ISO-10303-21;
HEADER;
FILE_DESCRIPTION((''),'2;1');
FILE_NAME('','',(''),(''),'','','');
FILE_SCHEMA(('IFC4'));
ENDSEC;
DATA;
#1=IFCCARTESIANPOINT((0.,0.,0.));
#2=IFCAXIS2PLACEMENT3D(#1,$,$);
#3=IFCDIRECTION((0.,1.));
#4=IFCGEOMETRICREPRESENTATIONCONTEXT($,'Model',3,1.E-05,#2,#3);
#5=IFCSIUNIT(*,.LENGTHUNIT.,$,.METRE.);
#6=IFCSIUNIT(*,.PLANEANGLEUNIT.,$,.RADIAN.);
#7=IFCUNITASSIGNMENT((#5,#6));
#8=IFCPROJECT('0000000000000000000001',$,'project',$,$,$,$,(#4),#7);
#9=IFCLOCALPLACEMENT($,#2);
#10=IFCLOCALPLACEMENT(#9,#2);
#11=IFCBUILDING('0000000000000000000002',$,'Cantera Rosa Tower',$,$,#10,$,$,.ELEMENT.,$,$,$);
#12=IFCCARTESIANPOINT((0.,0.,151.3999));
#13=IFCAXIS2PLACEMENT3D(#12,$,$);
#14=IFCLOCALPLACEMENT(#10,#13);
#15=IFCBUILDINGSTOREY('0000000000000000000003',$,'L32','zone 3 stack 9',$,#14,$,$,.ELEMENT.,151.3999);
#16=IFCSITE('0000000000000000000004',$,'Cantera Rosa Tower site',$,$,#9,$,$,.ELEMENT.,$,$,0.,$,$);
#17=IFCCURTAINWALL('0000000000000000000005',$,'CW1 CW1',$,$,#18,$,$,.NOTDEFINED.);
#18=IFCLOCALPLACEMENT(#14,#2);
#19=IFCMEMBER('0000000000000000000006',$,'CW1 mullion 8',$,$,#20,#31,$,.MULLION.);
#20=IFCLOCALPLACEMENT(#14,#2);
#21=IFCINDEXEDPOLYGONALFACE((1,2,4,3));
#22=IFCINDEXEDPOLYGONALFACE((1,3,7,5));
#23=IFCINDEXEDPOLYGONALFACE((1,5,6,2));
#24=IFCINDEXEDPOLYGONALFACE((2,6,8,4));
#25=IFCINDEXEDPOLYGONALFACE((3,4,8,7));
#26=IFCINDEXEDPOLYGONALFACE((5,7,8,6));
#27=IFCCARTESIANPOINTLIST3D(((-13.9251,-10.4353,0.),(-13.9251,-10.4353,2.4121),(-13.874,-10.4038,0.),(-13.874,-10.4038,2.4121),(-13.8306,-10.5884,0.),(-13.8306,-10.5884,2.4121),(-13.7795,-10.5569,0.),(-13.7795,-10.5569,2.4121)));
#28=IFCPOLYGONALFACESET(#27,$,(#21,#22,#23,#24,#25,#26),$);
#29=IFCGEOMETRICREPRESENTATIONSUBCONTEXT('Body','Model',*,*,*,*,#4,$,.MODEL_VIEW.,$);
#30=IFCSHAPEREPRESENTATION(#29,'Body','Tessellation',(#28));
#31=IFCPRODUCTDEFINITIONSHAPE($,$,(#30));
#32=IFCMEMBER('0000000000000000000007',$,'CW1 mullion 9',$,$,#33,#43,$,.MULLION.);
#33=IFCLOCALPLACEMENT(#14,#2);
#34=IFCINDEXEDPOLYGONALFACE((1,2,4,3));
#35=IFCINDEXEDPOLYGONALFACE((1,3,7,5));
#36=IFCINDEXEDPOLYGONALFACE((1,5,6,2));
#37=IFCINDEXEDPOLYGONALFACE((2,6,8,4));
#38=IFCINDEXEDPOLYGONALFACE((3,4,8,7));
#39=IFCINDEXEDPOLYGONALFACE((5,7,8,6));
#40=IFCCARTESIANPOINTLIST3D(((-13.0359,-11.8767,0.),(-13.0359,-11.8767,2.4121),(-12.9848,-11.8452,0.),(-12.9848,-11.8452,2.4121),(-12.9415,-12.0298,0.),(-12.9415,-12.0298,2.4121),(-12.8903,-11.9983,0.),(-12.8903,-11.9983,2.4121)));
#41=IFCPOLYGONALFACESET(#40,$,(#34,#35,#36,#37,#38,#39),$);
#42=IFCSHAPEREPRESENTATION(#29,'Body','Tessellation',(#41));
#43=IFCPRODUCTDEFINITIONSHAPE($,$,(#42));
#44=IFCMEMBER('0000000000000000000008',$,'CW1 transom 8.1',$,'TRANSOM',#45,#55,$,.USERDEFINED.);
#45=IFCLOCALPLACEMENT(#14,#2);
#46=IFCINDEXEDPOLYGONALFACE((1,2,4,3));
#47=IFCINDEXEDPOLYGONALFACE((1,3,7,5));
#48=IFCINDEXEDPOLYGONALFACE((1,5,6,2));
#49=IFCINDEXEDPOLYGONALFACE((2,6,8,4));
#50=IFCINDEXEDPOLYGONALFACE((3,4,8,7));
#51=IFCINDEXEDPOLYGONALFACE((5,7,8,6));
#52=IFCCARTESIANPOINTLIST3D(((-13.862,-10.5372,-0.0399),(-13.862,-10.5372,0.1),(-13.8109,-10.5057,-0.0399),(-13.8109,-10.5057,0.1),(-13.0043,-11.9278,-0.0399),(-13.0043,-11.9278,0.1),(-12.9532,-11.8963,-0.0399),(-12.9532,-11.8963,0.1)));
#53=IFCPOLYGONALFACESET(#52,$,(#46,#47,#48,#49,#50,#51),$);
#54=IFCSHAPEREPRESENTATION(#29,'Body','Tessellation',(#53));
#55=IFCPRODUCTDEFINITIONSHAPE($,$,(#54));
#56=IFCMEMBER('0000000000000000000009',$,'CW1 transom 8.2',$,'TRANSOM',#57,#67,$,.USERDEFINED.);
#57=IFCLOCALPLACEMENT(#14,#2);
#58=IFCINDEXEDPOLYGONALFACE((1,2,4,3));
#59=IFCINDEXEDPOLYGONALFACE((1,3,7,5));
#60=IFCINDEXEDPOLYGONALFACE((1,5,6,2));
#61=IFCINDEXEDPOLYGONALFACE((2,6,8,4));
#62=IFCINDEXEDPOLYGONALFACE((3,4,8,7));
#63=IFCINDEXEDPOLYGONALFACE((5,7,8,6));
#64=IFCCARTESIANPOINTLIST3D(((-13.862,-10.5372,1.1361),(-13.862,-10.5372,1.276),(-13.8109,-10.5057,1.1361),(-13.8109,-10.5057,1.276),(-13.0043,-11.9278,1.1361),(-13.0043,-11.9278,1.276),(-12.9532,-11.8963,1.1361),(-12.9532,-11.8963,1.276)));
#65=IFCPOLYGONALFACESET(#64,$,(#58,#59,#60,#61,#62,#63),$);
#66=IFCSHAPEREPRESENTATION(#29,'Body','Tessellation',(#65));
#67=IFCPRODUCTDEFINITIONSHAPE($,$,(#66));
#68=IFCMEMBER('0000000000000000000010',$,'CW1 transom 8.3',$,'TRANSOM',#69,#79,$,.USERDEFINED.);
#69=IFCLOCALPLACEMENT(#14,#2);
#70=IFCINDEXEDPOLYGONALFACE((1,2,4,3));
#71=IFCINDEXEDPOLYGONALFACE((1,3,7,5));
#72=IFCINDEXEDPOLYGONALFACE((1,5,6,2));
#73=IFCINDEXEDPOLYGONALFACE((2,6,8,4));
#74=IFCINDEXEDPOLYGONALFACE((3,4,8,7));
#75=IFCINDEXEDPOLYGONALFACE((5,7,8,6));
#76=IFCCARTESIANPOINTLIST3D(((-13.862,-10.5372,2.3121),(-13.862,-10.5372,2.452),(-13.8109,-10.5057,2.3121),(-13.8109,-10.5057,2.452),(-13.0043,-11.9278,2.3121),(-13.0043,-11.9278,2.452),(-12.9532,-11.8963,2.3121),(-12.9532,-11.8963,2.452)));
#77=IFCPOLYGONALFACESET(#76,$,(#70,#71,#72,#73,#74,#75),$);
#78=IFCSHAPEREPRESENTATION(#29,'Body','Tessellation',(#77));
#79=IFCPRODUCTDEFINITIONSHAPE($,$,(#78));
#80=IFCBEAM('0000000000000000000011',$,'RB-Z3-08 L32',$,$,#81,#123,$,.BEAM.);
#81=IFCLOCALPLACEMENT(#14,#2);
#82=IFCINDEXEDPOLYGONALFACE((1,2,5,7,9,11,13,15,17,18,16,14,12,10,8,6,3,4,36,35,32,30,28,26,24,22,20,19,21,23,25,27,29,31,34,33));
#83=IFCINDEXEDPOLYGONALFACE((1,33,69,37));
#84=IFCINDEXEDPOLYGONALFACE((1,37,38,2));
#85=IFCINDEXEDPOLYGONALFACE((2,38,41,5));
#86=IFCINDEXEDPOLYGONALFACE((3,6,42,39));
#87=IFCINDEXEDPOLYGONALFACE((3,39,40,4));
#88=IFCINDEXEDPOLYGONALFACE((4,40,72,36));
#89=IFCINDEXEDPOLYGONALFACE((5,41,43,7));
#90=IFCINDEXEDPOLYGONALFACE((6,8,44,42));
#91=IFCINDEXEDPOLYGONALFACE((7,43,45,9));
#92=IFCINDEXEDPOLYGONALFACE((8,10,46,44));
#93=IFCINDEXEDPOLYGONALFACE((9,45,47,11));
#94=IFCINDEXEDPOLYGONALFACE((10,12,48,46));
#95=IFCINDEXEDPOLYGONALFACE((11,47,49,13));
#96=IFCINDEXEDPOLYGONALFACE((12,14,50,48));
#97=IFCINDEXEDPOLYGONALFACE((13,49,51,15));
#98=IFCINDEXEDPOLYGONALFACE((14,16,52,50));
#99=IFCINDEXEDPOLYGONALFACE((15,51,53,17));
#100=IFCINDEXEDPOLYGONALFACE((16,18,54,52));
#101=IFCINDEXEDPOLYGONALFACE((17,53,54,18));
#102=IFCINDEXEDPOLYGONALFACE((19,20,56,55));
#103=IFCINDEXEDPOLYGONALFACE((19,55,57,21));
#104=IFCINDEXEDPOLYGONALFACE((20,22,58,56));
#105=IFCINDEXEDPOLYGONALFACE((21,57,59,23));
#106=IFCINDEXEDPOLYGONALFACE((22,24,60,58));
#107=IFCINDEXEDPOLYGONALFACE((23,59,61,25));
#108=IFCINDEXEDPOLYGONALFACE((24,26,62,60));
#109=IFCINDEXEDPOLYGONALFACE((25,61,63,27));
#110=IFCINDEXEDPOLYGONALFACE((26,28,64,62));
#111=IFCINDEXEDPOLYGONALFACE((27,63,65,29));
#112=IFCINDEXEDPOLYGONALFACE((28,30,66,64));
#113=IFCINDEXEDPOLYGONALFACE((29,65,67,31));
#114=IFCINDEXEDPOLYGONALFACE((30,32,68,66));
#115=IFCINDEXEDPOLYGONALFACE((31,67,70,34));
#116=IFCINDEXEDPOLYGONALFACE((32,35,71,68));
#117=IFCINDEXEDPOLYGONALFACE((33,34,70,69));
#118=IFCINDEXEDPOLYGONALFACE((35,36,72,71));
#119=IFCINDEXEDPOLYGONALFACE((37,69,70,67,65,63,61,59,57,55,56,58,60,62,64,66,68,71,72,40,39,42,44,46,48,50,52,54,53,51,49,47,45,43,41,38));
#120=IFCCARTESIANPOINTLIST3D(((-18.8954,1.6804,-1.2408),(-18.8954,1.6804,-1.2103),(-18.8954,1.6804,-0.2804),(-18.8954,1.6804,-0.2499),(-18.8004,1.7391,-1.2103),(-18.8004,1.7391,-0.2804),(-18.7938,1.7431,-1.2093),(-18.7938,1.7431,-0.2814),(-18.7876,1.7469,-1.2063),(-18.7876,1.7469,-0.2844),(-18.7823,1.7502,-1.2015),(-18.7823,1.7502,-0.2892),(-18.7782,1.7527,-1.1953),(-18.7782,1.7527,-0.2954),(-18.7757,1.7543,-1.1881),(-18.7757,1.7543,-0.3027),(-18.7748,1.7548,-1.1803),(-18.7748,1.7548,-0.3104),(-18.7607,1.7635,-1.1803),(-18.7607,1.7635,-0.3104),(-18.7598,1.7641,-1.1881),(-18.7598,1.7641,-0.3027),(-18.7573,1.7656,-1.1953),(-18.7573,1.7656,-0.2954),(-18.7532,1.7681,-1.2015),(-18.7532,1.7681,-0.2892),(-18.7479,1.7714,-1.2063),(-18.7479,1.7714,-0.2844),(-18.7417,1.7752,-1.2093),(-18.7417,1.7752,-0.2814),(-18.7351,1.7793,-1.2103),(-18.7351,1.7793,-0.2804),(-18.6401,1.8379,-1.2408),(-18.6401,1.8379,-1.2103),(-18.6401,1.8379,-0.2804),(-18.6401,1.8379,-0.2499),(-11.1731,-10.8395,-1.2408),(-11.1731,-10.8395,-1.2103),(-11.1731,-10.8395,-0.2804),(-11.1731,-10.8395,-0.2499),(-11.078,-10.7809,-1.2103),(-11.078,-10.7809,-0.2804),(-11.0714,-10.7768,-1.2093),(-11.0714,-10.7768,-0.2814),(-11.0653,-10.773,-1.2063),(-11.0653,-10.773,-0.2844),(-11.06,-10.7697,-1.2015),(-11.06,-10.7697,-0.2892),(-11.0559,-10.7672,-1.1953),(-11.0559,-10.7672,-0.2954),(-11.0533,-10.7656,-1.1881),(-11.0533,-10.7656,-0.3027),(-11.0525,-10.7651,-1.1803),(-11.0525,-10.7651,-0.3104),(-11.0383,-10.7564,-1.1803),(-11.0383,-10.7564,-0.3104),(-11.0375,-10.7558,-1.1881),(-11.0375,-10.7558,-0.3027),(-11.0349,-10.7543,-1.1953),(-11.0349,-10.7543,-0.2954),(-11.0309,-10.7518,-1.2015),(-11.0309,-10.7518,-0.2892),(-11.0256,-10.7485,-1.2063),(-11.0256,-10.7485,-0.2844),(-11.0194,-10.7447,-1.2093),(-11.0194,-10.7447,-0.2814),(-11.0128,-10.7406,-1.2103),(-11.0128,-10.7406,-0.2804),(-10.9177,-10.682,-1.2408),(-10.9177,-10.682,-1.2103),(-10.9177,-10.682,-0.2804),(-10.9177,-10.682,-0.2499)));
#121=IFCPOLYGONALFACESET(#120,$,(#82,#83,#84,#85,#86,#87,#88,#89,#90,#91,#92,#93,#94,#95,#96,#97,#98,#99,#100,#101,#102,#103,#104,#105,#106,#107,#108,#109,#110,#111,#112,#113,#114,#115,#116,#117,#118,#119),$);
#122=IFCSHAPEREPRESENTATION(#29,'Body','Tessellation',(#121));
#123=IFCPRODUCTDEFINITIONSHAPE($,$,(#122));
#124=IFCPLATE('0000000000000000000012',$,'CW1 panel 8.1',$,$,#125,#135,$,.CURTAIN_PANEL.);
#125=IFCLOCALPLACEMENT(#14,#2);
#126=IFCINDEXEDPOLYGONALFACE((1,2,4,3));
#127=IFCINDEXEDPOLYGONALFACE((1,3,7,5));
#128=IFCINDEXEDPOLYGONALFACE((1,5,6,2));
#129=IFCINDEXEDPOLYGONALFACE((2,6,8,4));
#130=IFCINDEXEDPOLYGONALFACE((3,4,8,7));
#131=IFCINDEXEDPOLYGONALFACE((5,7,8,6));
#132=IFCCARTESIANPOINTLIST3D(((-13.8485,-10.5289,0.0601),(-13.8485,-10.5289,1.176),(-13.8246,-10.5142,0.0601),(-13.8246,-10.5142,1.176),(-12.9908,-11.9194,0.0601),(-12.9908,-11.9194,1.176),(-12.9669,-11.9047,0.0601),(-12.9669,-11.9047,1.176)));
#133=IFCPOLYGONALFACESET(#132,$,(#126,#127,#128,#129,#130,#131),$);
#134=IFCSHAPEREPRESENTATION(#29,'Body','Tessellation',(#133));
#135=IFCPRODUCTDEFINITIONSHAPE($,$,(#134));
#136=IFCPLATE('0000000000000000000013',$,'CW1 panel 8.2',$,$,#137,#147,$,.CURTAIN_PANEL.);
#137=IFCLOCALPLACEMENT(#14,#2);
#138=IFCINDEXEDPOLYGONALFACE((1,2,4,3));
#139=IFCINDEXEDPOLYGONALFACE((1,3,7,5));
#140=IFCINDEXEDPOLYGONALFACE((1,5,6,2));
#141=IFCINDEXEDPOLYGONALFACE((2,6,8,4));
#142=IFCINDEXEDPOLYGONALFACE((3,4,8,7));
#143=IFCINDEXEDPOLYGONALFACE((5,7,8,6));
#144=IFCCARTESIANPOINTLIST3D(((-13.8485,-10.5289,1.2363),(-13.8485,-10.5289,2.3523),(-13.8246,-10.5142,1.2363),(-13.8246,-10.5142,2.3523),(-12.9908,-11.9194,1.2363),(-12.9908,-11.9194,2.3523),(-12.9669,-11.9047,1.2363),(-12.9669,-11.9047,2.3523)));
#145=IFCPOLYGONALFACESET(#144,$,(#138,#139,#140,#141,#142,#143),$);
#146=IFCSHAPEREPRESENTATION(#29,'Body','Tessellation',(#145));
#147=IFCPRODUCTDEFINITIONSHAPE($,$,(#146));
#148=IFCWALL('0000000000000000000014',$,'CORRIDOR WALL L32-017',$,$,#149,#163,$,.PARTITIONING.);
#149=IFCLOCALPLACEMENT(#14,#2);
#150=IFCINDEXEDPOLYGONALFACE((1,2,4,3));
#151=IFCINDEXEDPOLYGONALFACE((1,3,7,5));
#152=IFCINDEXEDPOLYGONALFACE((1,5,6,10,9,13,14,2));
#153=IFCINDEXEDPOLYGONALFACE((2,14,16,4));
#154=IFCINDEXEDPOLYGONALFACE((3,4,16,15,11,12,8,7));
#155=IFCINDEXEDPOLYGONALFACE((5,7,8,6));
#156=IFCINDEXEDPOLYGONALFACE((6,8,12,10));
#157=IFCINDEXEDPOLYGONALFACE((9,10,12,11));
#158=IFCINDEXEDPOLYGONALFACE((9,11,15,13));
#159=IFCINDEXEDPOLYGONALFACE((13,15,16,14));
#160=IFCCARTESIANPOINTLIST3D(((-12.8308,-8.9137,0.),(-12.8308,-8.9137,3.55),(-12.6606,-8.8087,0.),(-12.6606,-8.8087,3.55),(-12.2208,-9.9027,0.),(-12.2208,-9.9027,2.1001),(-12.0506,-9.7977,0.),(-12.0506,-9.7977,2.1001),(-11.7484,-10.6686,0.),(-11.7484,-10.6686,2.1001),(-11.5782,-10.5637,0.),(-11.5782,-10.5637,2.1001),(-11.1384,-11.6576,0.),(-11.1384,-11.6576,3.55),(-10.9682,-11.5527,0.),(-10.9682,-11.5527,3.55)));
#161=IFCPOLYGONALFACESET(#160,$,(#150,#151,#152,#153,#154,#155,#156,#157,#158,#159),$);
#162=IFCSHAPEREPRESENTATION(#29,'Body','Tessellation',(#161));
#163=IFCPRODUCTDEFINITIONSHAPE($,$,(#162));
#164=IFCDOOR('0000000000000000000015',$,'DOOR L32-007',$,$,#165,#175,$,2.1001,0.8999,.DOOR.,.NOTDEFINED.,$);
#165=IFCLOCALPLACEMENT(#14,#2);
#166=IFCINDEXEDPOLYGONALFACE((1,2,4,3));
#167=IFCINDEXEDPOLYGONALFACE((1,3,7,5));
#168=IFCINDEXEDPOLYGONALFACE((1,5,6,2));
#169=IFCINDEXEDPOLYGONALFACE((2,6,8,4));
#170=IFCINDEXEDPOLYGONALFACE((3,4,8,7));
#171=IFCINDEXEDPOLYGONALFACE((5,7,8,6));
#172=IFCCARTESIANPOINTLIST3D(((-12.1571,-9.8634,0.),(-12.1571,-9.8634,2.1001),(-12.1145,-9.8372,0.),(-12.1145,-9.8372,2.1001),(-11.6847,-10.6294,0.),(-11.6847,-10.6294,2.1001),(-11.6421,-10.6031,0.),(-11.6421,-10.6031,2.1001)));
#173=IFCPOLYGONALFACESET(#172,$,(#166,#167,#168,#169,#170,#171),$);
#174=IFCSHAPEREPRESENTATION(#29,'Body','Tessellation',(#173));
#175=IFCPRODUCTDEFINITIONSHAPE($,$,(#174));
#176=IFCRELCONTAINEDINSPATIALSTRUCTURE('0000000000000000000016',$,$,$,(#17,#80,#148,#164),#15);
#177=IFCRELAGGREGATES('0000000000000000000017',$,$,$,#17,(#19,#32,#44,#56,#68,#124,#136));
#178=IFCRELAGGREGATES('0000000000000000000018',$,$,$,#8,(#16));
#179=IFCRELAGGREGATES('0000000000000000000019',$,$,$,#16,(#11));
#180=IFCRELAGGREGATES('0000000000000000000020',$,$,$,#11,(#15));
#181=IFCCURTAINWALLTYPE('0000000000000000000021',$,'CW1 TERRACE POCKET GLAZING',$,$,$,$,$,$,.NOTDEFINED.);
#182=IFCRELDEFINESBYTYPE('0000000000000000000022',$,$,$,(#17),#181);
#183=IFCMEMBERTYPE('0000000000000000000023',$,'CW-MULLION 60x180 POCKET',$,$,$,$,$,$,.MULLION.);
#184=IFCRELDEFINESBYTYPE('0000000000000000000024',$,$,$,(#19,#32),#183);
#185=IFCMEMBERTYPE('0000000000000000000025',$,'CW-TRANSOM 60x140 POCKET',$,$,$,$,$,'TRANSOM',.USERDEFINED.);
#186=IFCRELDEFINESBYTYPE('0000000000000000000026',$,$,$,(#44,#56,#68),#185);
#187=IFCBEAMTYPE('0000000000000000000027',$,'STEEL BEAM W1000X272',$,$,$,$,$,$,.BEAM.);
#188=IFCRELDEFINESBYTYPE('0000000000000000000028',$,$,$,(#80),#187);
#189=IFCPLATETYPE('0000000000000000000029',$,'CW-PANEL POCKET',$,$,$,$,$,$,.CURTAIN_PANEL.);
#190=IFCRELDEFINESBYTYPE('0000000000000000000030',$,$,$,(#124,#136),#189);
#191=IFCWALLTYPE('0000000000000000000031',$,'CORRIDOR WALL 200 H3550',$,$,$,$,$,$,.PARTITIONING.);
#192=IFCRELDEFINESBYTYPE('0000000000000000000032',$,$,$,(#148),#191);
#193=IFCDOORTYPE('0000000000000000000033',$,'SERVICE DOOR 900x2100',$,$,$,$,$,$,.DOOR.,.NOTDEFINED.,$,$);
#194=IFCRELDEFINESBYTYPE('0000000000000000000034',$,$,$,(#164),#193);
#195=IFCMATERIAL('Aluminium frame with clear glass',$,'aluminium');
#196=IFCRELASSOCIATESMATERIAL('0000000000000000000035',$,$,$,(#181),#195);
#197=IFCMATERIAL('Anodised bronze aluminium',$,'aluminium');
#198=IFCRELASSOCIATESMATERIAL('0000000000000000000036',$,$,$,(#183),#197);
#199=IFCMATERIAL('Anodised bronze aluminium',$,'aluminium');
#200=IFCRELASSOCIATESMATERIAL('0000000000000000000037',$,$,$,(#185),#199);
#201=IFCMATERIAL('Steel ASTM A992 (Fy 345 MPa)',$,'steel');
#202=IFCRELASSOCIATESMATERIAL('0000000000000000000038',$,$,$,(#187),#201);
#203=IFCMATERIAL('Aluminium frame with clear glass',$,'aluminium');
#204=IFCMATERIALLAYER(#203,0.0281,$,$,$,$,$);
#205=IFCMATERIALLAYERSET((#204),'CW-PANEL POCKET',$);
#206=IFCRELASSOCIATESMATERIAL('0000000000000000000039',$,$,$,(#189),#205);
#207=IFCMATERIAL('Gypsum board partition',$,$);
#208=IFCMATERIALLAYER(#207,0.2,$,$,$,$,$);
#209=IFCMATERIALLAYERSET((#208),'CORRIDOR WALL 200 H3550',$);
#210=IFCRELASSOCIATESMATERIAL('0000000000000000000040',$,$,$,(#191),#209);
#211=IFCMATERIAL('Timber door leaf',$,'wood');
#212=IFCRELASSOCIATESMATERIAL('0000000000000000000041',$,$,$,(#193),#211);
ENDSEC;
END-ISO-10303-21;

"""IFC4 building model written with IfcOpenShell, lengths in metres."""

from ifc_helpers import new_model, si_unit, direction, frame, frame_2d, origin, origin_2d, place, context, subcontext, project, spatial, rectangle, i_section, extrude, material, layer, layer_set, material_profile, profile_set, type_object, element, fill, aggregate, save


model = new_model("IFC4")

# Units and contexts
model_context = context("Model", 3, precision=1e-05, world=origin(), true_north=direction((0.0, 1.0)))
body_context = subcontext(model_context, "Body", "Model", "MODEL_VIEW")
ifc_project = project(units=[si_unit("LENGTHUNIT", "METRE"), si_unit("PLANEANGLEUNIT", "RADIAN")], contexts=[model_context])

# Site, building, storey
site_placement = place(None, origin())
site = spatial("IfcSite", under=ifc_project, at=site_placement, Name="Cantera Rosa Tower site", CompositionType="ELEMENT", RefElevation=0.0)
building_placement = place(site_placement, origin())
building = spatial("IfcBuilding", under=site, at=building_placement, Name="Cantera Rosa Tower", CompositionType="ELEMENT")
storey_placement = place(building_placement, frame((0.0, 0.0, 151.3999)))
storey = spatial("IfcBuildingStorey", under=building, at=storey_placement, Name="L32", Description="zone 3 stack 9", CompositionType="ELEMENT", Elevation=151.3999)

# Curtain wall, members
ifc_material_1 = material(Name="Aluminium frame with clear glass", Category="aluminium")
curtain_wall_type = type_object("IfcCurtainWallType", Name="CW1 TERRACE POCKET GLAZING", PredefinedType="NOTDEFINED", material=ifc_material_1)
curtain_wall_placement = place(storey_placement, origin())
curtain_wall = element("IfcCurtainWall", 1, at=curtain_wall_placement, inside=storey, type_object=curtain_wall_type, Name="CW1 CW1", PredefinedType="NOTDEFINED")
ifc_material_2 = material(Name="Anodised bronze aluminium", Category="aluminium")
ifc_material_profile_1 = material_profile(ifc_material_2, rectangle(XDim=0.0601, YDim=0.1799, at=origin_2d()), Name="CW-MULLION 60x180 POCKET")
ifc_profile_set_1 = profile_set([ifc_material_profile_1], Name="Anodised bronze aluminium")
member_type_1 = type_object("IfcMemberType", Name="CW-MULLION 60x180 POCKET", PredefinedType="MULLION", material=ifc_profile_set_1)
member_1_placement = place(storey_placement, frame((-13.8523, -10.4961, 0.0), z_axis=(0.0, 0.0, 1.0), x_axis=(0.851117, 0.524977, 0.0)))
member_1 = element("IfcMember", 2, at=member_1_placement, type_object=member_type_1, Name="CW1 mullion 8", PredefinedType="MULLION", context=body_context, shape_type="SweptSolid", body=[
    extrude(rectangle(XDim=0.0601, YDim=0.1799, at=origin_2d()), origin(), (0.0, 0.0, 1.0), 2.4121),
])
member_2_placement = place(storey_placement, frame((-12.9631, -11.9375, 0.0), z_axis=(0.0, 0.0, 1.0), x_axis=(0.851117, 0.524977, 0.0)))
member_2 = element("IfcMember", 3, at=member_2_placement, type_object=member_type_1, Name="CW1 mullion 9", PredefinedType="MULLION", context=body_context, shape_type="SweptSolid", body=[
    extrude(rectangle(XDim=0.0601, YDim=0.1799, at=origin_2d()), origin(), (0.0, 0.0, 1.0), 2.4121),
])
ifc_material_3 = material(Name="Anodised bronze aluminium", Category="aluminium")
ifc_material_profile_2 = material_profile(ifc_material_3, rectangle(XDim=0.0601, YDim=0.1399, at=origin_2d()), Name="CW-TRANSOM 60x140 POCKET")
ifc_profile_set_2 = profile_set([ifc_material_profile_2], Name="Anodised bronze aluminium")
member_type_2 = type_object("IfcMemberType", Name="CW-TRANSOM 60x140 POCKET", ElementType="TRANSOM", PredefinedType="USERDEFINED", material=ifc_profile_set_2)
member_3_placement = place(storey_placement, frame((-13.8364, -10.5215, 0.03), z_axis=(0.524939, -0.85114, 0.0), x_axis=(0.85114, 0.524939, 0.0)))
member_3 = element("IfcMember", 4, at=member_3_placement, type_object=member_type_2, Name="CW1 transom 8.1", ObjectType="TRANSOM", PredefinedType="USERDEFINED", context=body_context, shape_type="SweptSolid", body=[
    extrude(rectangle(XDim=0.0601, YDim=0.1399, at=origin_2d()), origin(), (0.0, 0.0, 1.0), 1.6338),
])
member_4_placement = place(storey_placement, frame((-13.8364, -10.5215, 1.2061), z_axis=(0.524939, -0.85114, 0.0), x_axis=(0.85114, 0.524939, 0.0)))
member_4 = element("IfcMember", 5, at=member_4_placement, type_object=member_type_2, Name="CW1 transom 8.2", ObjectType="TRANSOM", PredefinedType="USERDEFINED", context=body_context, shape_type="SweptSolid", body=[
    extrude(rectangle(XDim=0.0601, YDim=0.1399, at=origin_2d()), origin(), (0.0, 0.0, 1.0), 1.6338),
])
member_5_placement = place(storey_placement, frame((-13.8364, -10.5215, 2.3821), z_axis=(0.524939, -0.85114, 0.0), x_axis=(0.85114, 0.524939, 0.0)))
member_5 = element("IfcMember", 6, at=member_5_placement, type_object=member_type_2, Name="CW1 transom 8.3", ObjectType="TRANSOM", PredefinedType="USERDEFINED", context=body_context, shape_type="SweptSolid", body=[
    extrude(rectangle(XDim=0.0601, YDim=0.1399, at=origin_2d()), origin(), (0.0, 0.0, 1.0), 1.6338),
])

# Beam
ifc_material_4 = material(Name="Steel ASTM A992 (Fy 345 MPa)", Category="steel")
ifc_material_profile_3 = material_profile(ifc_material_4, i_section(OverallWidth=0.3, OverallDepth=0.991, WebThickness=0.0166, FlangeThickness=0.0305, FilletRadius=0.03, at=origin_2d()), Name="W1000X272")
ifc_profile_set_3 = profile_set([ifc_material_profile_3], Name="Steel ASTM A992 (Fy 345 MPa)")
beam_type = type_object("IfcBeamType", Name="STEEL BEAM W1000X272", PredefinedType="BEAM", material=ifc_profile_set_3)
beam_placement = place(storey_placement, frame((-11.0454, -10.7607, -0.7454), z_axis=(-0.524974, 0.851118, 0.0), x_axis=(-0.851118, -0.524974, 0.0)))
element("IfcBeam", 7, at=beam_placement, inside=storey, type_object=beam_type, Name="RB-Z3-08 L32", PredefinedType="BEAM", context=body_context, shape_type="SweptSolid", body=[
    extrude(i_section(OverallWidth=0.3, OverallDepth=0.991, WebThickness=0.0166, FlangeThickness=0.0305, FilletRadius=0.03, at=origin_2d()), origin(), (0.0, 0.0, 1.0), 14.71),
])

# Plates
ifc_material_5 = material(Name="Aluminium frame with clear glass", Category="aluminium")
ifc_layer_1 = layer(ifc_material_5, 0.0281)
ifc_layer_set_1 = layer_set([ifc_layer_1], Name="CW-PANEL POCKET")
plate_type = type_object("IfcPlateType", Name="CW-PANEL POCKET", PredefinedType="CURTAIN_PANEL", material=ifc_layer_set_1)
plate_1_placement = place(storey_placement, frame((-13.4077, -11.2168, 0.0601), z_axis=(0.0, 0.0, 1.0), x_axis=(0.524977, -0.851117, 0.0)))
plate_1 = element("IfcPlate", 8, at=plate_1_placement, type_object=plate_type, Name="CW1 panel 8.1", PredefinedType="CURTAIN_PANEL", context=body_context, shape_type="SweptSolid", body=[
    extrude(rectangle(XDim=1.6338, YDim=0.0281, at=origin_2d()), origin(), (0.0, 0.0, 1.0), 1.116),
])
plate_2_placement = place(storey_placement, frame((-13.4077, -11.2168, 1.2363), z_axis=(0.0, 0.0, 1.0), x_axis=(0.524977, -0.851117, 0.0)))
plate_2 = element("IfcPlate", 9, at=plate_2_placement, type_object=plate_type, Name="CW1 panel 8.2", PredefinedType="CURTAIN_PANEL", context=body_context, shape_type="SweptSolid", body=[
    extrude(rectangle(XDim=1.6338, YDim=0.0281, at=origin_2d()), origin(), (0.0, 0.0, 1.0), 1.116),
])
aggregate(curtain_wall, [member_1, member_2, member_3, member_4, member_5, plate_1, plate_2])

# Wall, opening, door
ifc_material_6 = material(Name="Gypsum board partition")
ifc_layer_2 = layer(ifc_material_6, 0.2)
ifc_layer_set_2 = layer_set([ifc_layer_2], Name="CORRIDOR WALL 200 H3550")
wall_type_1 = type_object("IfcWallType", Name="CORRIDOR WALL 200 H3550", PredefinedType="PARTITIONING", material=ifc_layer_set_2)
wall_1_placement = place(storey_placement, frame((-12.7456, -8.8613, 0.0), z_axis=(0.0, 0.0, 1.0), x_axis=(0.524959, -0.851127, 0.0)))
wall_1 = element("IfcWall", 10, at=wall_1_placement, inside=storey, type_object=wall_type_1, Name="CORRIDOR WALL L32-017", PredefinedType="PARTITIONING", context=body_context, shape_type="SweptSolid", body=[
    extrude(rectangle(XDim=3.2239, YDim=0.2, at=frame_2d((1.6118, 0.0))), origin(), (0.0, 0.0, 1.0), 3.55),
])
opening_1_placement = place(wall_1_placement, frame((1.1619, 0.0, 0.0)))
opening_1 = element("IfcOpeningElement", 11, at=opening_1_placement, cuts=wall_1, PredefinedType="OPENING", context=body_context, shape_type="SweptSolid", body=[
    extrude(rectangle(XDim=0.8999, YDim=2.1001, at=frame_2d((0.45, 1.05))), frame((0.0, 0.1099, 0.0), z_axis=(0.0, -1.0, 0.0), x_axis=(1.0, 0.0, 0.0)), (0.0, 0.0, 1.0), 0.22),
])
ifc_material_7 = material(Name="Timber door leaf", Category="wood")
door_type_1 = type_object("IfcDoorType", Name="SERVICE DOOR 900x2100", OperationType="NOTDEFINED", PredefinedType="DOOR", material=ifc_material_7)
door_1_placement = place(opening_1_placement, origin())
door_1 = element("IfcDoor", 12, at=door_1_placement, inside=storey, type_object=door_type_1, Name="DOOR L32-007", OperationType="NOTDEFINED", OverallHeight=2.1001, OverallWidth=0.8999, PredefinedType="DOOR", context=body_context, shape_type="SweptSolid", body=[
    extrude(rectangle(XDim=0.8999, YDim=2.1001, at=frame_2d((0.45, 1.05))), frame((0.0, 0.0249, 0.0), z_axis=(0.0, -1.0, 0.0), x_axis=(1.0, 0.0, 0.0)), (0.0, 0.0, 1.0), 0.05),
])
fill(opening_1, door_1)

save(model, "model.ifc")
